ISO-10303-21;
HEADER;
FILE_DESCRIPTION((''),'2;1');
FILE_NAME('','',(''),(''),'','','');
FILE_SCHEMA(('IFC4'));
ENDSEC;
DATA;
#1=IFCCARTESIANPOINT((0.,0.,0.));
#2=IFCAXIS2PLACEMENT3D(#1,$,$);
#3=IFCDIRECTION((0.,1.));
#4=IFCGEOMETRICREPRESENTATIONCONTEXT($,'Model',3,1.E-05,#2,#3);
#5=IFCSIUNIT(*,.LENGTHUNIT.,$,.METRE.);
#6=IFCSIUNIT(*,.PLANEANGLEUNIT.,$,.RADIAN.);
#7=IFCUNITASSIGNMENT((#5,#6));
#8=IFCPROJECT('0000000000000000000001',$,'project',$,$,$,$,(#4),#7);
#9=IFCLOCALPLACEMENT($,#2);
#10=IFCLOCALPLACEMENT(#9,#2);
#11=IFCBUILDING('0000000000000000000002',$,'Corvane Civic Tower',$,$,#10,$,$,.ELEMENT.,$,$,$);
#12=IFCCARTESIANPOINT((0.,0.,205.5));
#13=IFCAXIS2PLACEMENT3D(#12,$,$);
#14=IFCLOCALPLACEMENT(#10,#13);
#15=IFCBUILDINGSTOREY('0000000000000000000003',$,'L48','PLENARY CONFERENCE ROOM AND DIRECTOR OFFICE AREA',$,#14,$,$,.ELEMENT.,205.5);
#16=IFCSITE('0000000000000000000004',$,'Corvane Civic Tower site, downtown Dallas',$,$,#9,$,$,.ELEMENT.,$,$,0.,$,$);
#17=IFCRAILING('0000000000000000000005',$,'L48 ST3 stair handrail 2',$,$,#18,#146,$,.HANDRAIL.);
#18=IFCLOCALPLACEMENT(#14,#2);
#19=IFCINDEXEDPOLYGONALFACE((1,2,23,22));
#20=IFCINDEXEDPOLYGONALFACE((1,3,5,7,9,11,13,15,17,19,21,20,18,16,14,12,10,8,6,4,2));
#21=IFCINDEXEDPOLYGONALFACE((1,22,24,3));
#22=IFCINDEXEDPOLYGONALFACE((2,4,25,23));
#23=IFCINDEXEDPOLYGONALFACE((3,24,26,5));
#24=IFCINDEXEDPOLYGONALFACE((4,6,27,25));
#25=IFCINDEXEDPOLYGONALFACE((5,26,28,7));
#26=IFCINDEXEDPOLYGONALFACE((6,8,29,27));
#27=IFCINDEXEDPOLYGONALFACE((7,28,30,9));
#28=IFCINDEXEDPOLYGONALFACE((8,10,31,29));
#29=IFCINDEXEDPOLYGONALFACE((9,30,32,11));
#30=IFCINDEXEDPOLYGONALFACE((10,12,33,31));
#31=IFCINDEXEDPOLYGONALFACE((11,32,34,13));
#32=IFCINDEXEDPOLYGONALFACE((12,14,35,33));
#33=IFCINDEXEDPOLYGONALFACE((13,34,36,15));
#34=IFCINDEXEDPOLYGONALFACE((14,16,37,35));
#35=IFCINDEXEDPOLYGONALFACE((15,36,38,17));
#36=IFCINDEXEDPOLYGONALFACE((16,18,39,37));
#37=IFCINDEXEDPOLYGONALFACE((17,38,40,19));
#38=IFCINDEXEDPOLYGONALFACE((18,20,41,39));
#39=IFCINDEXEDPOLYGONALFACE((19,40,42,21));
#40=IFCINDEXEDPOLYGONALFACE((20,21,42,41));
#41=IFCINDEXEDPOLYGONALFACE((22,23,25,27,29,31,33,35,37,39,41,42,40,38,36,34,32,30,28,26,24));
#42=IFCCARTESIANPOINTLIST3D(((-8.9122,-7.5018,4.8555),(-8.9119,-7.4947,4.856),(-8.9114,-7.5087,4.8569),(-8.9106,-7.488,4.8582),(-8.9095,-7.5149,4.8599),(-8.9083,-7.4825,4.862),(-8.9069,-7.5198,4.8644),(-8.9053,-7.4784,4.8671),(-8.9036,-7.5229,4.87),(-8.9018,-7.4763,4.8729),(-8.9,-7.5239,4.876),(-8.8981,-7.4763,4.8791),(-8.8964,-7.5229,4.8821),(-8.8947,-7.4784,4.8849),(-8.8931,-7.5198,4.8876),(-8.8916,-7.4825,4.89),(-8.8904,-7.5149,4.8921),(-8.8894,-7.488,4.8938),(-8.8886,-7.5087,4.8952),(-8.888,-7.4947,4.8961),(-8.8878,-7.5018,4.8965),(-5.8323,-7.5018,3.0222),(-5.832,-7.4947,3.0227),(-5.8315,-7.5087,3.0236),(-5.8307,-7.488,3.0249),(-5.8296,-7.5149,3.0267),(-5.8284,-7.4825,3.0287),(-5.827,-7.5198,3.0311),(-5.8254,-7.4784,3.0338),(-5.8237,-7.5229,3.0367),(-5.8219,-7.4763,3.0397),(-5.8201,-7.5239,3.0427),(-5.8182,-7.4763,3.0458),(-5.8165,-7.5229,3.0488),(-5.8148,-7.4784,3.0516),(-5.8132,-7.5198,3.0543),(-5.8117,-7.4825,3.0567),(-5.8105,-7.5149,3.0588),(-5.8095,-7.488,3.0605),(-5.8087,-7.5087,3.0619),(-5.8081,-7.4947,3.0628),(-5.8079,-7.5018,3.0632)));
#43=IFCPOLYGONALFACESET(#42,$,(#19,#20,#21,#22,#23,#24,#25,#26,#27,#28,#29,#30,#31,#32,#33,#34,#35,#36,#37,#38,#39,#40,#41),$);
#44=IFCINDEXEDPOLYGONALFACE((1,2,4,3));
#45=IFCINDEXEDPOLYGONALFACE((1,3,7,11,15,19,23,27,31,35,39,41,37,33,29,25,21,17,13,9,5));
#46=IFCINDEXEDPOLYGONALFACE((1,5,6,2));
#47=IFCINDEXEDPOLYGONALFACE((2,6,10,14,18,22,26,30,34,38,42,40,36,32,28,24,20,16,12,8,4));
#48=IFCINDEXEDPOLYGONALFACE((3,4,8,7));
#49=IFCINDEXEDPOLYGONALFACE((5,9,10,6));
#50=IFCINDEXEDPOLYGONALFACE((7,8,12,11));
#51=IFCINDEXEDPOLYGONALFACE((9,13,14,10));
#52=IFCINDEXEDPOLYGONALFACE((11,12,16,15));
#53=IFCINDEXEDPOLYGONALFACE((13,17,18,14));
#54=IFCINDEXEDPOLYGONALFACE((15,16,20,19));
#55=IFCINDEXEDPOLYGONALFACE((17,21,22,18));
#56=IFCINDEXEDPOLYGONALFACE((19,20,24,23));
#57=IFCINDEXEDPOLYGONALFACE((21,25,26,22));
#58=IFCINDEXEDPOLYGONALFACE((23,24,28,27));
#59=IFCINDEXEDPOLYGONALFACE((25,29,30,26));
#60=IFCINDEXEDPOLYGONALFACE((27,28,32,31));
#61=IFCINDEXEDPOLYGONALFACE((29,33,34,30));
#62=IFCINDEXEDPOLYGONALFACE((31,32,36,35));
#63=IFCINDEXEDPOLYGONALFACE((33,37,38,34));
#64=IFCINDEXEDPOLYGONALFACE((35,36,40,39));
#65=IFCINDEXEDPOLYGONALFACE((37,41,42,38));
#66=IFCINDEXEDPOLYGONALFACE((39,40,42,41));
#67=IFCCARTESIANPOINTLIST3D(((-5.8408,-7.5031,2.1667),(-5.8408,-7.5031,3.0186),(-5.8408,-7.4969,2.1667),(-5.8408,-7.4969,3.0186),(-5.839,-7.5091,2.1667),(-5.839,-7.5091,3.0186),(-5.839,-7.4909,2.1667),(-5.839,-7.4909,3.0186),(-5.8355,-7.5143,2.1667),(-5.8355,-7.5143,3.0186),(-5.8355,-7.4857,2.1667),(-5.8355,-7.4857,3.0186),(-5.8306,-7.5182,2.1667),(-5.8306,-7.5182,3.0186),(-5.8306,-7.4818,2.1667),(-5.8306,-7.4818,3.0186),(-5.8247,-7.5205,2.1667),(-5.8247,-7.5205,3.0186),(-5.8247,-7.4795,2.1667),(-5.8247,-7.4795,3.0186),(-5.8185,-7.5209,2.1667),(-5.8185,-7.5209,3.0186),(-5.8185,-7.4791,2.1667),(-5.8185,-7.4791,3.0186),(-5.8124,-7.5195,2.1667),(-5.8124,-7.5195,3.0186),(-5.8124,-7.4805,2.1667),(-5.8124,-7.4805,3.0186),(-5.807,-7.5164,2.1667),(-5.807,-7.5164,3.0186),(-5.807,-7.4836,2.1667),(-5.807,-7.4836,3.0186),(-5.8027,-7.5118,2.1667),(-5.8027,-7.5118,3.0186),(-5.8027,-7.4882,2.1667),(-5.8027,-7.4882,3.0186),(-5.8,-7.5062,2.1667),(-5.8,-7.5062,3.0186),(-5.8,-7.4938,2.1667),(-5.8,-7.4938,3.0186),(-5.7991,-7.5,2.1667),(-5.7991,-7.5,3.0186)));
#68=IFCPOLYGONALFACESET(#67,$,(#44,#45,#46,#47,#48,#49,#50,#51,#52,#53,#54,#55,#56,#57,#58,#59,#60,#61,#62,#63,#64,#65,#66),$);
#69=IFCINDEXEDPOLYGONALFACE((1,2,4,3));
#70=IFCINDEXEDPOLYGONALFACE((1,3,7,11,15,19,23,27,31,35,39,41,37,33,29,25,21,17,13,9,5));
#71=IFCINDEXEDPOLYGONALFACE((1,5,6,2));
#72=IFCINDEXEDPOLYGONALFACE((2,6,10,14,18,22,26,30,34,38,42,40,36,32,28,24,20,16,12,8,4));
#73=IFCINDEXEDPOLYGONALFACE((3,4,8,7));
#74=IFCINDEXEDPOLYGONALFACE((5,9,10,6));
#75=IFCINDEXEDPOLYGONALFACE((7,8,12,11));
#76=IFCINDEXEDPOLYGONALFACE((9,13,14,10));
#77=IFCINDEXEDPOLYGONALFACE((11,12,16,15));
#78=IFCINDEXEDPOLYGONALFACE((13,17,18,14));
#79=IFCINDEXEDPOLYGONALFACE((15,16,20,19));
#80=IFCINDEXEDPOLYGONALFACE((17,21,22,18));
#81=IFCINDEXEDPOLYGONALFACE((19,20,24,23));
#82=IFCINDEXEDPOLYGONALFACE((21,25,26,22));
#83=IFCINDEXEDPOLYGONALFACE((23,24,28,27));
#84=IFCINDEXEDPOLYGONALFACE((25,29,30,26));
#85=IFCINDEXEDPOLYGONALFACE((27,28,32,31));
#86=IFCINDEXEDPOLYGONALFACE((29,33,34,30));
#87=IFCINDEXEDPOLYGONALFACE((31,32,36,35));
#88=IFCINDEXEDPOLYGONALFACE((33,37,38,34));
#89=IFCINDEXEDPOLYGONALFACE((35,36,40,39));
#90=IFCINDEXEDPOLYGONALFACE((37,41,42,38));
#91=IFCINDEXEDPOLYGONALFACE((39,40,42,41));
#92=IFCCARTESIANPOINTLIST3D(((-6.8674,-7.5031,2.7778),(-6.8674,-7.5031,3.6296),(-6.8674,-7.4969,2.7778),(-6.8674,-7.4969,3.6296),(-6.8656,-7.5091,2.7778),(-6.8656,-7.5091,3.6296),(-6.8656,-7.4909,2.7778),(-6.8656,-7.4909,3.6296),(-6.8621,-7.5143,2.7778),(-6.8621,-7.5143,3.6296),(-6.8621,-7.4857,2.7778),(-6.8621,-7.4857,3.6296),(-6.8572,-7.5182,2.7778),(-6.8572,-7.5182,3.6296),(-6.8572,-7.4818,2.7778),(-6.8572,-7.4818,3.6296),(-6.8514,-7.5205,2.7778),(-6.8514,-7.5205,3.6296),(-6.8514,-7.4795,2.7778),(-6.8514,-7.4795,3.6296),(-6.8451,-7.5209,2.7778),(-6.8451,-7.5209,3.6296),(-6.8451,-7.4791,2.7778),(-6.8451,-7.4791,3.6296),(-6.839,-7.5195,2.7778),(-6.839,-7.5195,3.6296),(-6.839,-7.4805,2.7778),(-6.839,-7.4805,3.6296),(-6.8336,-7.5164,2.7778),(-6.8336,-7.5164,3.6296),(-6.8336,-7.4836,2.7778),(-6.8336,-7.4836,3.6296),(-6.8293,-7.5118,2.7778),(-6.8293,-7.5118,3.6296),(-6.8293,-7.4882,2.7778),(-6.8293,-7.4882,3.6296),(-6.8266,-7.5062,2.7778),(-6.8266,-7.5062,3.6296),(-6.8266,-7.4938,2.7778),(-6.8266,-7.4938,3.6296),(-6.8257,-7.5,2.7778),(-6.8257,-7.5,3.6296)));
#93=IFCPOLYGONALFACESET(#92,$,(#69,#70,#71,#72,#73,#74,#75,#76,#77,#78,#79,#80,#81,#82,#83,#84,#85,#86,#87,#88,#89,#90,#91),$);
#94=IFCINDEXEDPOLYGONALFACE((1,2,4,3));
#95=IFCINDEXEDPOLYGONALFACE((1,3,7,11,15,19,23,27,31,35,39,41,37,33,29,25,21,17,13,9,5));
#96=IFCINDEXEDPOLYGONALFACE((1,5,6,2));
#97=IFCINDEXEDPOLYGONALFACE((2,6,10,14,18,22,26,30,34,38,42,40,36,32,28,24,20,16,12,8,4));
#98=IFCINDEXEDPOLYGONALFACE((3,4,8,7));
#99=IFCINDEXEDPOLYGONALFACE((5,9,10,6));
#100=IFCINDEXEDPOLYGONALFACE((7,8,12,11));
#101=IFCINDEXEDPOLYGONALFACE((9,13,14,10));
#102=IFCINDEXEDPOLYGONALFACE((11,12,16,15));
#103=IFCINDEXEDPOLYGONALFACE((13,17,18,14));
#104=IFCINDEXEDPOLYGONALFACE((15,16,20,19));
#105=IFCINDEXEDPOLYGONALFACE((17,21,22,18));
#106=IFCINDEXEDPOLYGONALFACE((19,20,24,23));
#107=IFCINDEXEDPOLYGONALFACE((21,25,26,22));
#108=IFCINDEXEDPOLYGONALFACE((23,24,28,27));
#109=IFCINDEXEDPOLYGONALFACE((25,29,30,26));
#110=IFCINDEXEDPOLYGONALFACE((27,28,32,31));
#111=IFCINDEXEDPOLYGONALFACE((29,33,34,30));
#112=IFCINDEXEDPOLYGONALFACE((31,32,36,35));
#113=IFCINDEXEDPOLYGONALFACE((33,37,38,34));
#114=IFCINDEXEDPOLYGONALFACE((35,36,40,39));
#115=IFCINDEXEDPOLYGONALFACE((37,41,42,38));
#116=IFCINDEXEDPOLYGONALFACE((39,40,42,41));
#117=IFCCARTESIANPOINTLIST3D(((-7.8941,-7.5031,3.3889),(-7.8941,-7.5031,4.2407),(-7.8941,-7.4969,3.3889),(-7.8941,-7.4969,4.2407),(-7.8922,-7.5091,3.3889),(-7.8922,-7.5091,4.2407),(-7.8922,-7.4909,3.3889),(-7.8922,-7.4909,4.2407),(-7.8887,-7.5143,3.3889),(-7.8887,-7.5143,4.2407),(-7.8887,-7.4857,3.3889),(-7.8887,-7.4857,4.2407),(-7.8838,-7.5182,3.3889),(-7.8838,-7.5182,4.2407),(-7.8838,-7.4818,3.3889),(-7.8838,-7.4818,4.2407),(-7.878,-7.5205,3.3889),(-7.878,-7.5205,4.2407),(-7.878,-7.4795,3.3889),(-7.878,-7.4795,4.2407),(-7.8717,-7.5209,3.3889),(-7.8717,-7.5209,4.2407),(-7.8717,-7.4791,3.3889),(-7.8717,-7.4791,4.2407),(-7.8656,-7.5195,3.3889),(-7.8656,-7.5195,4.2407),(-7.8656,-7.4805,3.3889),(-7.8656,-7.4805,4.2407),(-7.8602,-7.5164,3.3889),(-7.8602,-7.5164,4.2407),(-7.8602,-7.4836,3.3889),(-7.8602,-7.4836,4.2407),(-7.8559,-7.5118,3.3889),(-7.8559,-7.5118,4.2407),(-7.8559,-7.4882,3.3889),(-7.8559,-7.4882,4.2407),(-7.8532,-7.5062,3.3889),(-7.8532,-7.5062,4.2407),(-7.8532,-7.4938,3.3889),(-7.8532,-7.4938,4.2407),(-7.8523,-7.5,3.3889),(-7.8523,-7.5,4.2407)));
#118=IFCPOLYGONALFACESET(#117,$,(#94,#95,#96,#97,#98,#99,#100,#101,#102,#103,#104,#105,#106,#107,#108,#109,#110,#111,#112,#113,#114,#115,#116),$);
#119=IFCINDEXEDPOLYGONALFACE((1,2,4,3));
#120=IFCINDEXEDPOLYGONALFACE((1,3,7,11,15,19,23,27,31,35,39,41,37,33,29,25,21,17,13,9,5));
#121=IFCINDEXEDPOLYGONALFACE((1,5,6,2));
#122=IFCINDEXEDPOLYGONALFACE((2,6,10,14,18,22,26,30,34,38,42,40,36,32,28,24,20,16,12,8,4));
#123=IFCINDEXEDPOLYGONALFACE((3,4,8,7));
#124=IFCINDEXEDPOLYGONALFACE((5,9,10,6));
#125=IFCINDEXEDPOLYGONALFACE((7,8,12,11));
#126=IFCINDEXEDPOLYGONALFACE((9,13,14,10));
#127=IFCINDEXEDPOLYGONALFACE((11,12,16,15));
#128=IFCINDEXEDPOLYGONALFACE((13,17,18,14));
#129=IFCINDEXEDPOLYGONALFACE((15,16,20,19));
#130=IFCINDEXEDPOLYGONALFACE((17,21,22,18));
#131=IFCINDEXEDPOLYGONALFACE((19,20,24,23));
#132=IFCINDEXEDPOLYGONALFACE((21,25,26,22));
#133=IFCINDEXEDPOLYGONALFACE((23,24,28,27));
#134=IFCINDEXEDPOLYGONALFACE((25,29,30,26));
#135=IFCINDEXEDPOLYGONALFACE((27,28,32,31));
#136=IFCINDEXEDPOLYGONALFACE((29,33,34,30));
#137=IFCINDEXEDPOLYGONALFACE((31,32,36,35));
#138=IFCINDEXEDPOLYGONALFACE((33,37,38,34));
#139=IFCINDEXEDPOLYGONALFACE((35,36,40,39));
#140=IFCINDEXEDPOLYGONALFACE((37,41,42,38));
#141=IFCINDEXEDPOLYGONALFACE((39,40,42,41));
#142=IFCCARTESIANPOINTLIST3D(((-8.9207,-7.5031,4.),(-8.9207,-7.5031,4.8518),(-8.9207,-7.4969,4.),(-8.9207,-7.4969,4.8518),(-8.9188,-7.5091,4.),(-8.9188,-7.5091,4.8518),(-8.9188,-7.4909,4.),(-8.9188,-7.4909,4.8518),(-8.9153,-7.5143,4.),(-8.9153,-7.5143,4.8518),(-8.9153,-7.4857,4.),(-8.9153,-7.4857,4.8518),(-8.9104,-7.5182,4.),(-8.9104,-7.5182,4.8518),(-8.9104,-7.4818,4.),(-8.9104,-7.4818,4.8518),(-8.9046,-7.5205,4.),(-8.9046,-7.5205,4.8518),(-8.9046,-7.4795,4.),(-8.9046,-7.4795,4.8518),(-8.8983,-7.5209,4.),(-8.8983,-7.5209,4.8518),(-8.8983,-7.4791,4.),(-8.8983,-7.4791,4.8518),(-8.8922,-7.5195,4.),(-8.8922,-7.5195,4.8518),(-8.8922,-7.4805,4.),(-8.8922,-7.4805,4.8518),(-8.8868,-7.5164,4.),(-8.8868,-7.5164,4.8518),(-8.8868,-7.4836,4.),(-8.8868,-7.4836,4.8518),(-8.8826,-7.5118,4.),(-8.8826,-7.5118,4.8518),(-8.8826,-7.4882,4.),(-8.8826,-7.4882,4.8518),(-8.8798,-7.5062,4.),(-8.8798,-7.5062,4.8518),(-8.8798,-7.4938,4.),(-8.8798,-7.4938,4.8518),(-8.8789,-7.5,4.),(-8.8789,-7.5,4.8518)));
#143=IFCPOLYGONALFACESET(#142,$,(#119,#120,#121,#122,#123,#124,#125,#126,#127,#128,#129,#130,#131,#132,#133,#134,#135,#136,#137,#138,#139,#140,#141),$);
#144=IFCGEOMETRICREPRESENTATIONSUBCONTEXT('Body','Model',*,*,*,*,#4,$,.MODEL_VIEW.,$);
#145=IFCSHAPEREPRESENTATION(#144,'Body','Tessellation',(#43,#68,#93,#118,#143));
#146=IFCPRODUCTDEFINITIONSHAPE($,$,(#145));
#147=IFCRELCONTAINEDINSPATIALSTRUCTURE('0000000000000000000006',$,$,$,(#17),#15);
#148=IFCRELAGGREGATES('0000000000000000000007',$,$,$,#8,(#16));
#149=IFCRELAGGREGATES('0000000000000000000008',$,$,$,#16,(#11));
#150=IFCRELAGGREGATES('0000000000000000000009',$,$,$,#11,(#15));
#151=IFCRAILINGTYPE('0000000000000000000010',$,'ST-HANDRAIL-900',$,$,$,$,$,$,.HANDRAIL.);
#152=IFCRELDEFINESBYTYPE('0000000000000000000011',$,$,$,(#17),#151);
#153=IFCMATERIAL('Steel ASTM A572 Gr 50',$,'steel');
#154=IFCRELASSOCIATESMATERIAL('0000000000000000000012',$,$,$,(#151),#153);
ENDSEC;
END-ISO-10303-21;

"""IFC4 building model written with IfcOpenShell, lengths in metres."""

from ifc_helpers import new_model, si_unit, direction, frame, origin, origin_2d, place, context, subcontext, project, spatial, circle, extrude, material, type_object, element, save


model = new_model("IFC4")

# Units and contexts
model_context = context("Model", 3, precision=1e-05, world=origin(), true_north=direction((0.0, 1.0)))
body_context = subcontext(model_context, "Body", "Model", "MODEL_VIEW")
ifc_project = project(units=[si_unit("LENGTHUNIT", "METRE"), si_unit("PLANEANGLEUNIT", "RADIAN")], contexts=[model_context])

# Site, building, storey
site_placement = place(None, origin())
site = spatial("IfcSite", under=ifc_project, at=site_placement, Name="Corvane Civic Tower site, downtown Dallas", CompositionType="ELEMENT", RefElevation=0.0)
building_placement = place(site_placement, origin())
building = spatial("IfcBuilding", under=site, at=building_placement, Name="Corvane Civic Tower", CompositionType="ELEMENT")
storey_placement = place(building_placement, frame((0.0, 0.0, 205.5)))
storey = spatial("IfcBuildingStorey", under=building, at=storey_placement, Name="L48", Description="PLENARY CONFERENCE ROOM AND DIRECTOR OFFICE AREA", CompositionType="ELEMENT", Elevation=205.5)

# Railing
ifc_material_1 = material(Name="Steel ASTM A572 Gr 50", Category="steel")
railing_type = type_object("IfcRailingType", Name="ST-HANDRAIL-900", PredefinedType="HANDRAIL", material=ifc_material_1)
railing_placement = place(storey_placement, frame((-5.8201, -7.5, 2.1667)))
element("IfcRailing", 1, at=railing_placement, inside=storey, type_object=railing_type, Name="L48 ST3 stair handrail 2", PredefinedType="HANDRAIL", context=body_context, shape_type="SweptSolid", body=[
    extrude(circle(Radius=0.0239, at=origin_2d()), frame((0.0, 0.0, 0.876), z_axis=(-0.859291, 0.0, 0.511487), x_axis=(0.0, -1.0, 0.0)), (0.0, 0.0, 1.0), 3.5842),
    extrude(circle(Radius=0.021, at=origin_2d()), origin(), (0.0, 0.0, 1.0), 0.8518),
    extrude(circle(Radius=0.021, at=origin_2d()), frame((-1.0266, 0.0, 0.6111)), (0.0, 0.0, 1.0), 0.8518),
    extrude(circle(Radius=0.021, at=origin_2d()), frame((-2.0532, 0.0, 1.2222)), (0.0, 0.0, 1.0), 0.8518),
    extrude(circle(Radius=0.021, at=origin_2d()), frame((-3.0798, 0.0, 1.8333)), (0.0, 0.0, 1.0), 0.8518),
])

save(model, "model.ifc")
